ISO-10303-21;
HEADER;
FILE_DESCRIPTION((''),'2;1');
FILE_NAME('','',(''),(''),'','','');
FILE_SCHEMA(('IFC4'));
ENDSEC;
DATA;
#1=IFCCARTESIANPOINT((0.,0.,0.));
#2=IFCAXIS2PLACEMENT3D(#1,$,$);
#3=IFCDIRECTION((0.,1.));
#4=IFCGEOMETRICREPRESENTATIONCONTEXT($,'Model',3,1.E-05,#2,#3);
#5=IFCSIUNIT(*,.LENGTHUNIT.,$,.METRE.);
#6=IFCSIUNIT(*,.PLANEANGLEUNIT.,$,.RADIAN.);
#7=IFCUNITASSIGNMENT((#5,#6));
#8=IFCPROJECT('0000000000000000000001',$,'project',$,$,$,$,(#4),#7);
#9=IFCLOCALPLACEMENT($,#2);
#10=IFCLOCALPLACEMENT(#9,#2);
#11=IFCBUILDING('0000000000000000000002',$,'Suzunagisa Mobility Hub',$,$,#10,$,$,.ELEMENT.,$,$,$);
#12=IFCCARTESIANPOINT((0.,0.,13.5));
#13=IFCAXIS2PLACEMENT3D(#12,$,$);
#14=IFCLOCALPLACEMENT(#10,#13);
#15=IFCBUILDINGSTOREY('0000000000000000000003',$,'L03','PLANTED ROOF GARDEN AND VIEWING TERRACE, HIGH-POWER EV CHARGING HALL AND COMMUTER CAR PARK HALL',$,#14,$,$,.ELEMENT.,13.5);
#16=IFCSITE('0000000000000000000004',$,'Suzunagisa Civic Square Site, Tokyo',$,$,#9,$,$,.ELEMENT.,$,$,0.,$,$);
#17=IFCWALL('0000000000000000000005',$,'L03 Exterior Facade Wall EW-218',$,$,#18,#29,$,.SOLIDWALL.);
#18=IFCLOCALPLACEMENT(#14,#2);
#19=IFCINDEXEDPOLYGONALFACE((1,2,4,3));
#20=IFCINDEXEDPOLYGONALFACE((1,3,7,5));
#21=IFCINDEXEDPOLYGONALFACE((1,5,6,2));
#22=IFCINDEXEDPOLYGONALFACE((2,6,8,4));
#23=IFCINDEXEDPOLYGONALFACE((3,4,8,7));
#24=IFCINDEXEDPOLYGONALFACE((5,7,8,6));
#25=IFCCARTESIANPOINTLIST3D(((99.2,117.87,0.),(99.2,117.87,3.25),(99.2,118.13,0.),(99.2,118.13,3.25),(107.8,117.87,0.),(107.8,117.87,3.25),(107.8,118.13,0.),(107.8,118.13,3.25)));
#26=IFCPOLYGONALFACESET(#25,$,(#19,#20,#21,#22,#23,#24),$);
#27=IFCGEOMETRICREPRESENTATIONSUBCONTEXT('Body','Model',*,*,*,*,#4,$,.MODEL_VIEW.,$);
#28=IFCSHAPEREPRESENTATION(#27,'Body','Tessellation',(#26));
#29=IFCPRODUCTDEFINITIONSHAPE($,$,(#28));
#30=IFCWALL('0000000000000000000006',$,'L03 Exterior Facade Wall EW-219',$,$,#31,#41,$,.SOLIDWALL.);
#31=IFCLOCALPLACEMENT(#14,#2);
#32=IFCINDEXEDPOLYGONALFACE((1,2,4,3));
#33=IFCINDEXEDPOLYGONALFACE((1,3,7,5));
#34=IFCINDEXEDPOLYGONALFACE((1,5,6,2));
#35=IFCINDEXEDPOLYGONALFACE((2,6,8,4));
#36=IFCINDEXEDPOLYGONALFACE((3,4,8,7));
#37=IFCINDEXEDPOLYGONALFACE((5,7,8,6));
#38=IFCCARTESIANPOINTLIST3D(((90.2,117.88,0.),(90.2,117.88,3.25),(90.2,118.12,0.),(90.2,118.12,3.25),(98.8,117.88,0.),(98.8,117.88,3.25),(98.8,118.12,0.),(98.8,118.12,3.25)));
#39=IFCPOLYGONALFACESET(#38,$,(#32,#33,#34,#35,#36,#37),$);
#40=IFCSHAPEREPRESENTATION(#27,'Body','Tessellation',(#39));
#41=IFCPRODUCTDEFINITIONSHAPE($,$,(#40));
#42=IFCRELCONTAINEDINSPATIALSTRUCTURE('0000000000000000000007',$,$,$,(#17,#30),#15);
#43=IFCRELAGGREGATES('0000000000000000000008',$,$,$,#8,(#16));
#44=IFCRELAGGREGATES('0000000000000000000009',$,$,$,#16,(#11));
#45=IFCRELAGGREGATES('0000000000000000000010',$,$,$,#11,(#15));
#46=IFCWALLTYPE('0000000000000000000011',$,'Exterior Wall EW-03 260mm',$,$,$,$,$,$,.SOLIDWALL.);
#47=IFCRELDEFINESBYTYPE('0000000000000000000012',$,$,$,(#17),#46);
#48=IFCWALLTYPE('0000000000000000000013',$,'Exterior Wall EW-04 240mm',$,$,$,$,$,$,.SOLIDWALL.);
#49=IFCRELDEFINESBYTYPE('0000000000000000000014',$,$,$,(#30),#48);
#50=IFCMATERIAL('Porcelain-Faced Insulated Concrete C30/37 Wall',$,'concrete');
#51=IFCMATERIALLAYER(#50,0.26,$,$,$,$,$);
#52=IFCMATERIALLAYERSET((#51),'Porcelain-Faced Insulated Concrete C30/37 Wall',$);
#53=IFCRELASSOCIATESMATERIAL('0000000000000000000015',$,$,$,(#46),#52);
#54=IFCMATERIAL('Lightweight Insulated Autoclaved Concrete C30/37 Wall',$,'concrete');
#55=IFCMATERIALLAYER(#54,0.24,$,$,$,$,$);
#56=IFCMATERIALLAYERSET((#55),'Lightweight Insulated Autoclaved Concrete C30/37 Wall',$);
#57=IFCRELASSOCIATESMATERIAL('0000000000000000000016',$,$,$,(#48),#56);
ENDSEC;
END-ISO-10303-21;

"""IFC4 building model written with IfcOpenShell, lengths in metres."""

from ifc_helpers import new_model, si_unit, direction, frame, frame_2d, origin, place, context, subcontext, project, spatial, rectangle, extrude, material, layer, layer_set, type_object, element, save


model = new_model("IFC4")

# Units and contexts
model_context = context("Model", 3, precision=1e-05, world=origin(), true_north=direction((0.0, 1.0)))
body_context = subcontext(model_context, "Body", "Model", "MODEL_VIEW")
ifc_project = project(units=[si_unit("LENGTHUNIT", "METRE"), si_unit("PLANEANGLEUNIT", "RADIAN")], contexts=[model_context])

# Site, building, storey
site_placement = place(None, origin())
site = spatial("IfcSite", under=ifc_project, at=site_placement, Name="Suzunagisa Civic Square Site, Tokyo", CompositionType="ELEMENT", RefElevation=0.0)
building_placement = place(site_placement, origin())
building = spatial("IfcBuilding", under=site, at=building_placement, Name="Suzunagisa Mobility Hub", CompositionType="ELEMENT")
storey_placement = place(building_placement, frame((0.0, 0.0, 13.5)))
storey = spatial("IfcBuildingStorey", under=building, at=storey_placement, Name="L03", Description="PLANTED ROOF GARDEN AND VIEWING TERRACE, HIGH-POWER EV CHARGING HALL AND COMMUTER CAR PARK HALL", CompositionType="ELEMENT", Elevation=13.5)

# Walls
ifc_material_1 = material(Name="Porcelain-Faced Insulated Concrete C30/37 Wall", Category="concrete")
ifc_layer_1 = layer(ifc_material_1, 0.26)
ifc_layer_set_1 = layer_set([ifc_layer_1], Name="Porcelain-Faced Insulated Concrete C30/37 Wall")
wall_type_1 = type_object("IfcWallType", Name="Exterior Wall EW-03 260mm", PredefinedType="SOLIDWALL", material=ifc_layer_set_1)
wall_1_placement = place(storey_placement, frame((107.8, 118.0, 0.0), z_axis=(0.0, 0.0, 1.0), x_axis=(-1.0, 0.0, 0.0)))
element("IfcWall", 1, at=wall_1_placement, inside=storey, type_object=wall_type_1, Name="L03 Exterior Facade Wall EW-218", PredefinedType="SOLIDWALL", context=body_context, shape_type="SweptSolid", body=[
    extrude(rectangle(XDim=8.6001, YDim=0.26, at=frame_2d((4.3, 0.0))), origin(), (0.0, 0.0, 1.0), 3.25),
])
ifc_material_2 = material(Name="Lightweight Insulated Autoclaved Concrete C30/37 Wall", Category="concrete")
ifc_layer_2 = layer(ifc_material_2, 0.24)
ifc_layer_set_2 = layer_set([ifc_layer_2], Name="Lightweight Insulated Autoclaved Concrete C30/37 Wall")
wall_type_2 = type_object("IfcWallType", Name="Exterior Wall EW-04 240mm", PredefinedType="SOLIDWALL", material=ifc_layer_set_2)
wall_2_placement = place(storey_placement, frame((98.8, 118.0, 0.0), z_axis=(0.0, 0.0, 1.0), x_axis=(-1.0, 0.0, 0.0)))
element("IfcWall", 2, at=wall_2_placement, inside=storey, type_object=wall_type_2, Name="L03 Exterior Facade Wall EW-219", PredefinedType="SOLIDWALL", context=body_context, shape_type="SweptSolid", body=[
    extrude(rectangle(XDim=8.6001, YDim=0.24, at=frame_2d((4.3, 0.0))), origin(), (0.0, 0.0, 1.0), 3.25),
])

save(model, "model.ifc")
